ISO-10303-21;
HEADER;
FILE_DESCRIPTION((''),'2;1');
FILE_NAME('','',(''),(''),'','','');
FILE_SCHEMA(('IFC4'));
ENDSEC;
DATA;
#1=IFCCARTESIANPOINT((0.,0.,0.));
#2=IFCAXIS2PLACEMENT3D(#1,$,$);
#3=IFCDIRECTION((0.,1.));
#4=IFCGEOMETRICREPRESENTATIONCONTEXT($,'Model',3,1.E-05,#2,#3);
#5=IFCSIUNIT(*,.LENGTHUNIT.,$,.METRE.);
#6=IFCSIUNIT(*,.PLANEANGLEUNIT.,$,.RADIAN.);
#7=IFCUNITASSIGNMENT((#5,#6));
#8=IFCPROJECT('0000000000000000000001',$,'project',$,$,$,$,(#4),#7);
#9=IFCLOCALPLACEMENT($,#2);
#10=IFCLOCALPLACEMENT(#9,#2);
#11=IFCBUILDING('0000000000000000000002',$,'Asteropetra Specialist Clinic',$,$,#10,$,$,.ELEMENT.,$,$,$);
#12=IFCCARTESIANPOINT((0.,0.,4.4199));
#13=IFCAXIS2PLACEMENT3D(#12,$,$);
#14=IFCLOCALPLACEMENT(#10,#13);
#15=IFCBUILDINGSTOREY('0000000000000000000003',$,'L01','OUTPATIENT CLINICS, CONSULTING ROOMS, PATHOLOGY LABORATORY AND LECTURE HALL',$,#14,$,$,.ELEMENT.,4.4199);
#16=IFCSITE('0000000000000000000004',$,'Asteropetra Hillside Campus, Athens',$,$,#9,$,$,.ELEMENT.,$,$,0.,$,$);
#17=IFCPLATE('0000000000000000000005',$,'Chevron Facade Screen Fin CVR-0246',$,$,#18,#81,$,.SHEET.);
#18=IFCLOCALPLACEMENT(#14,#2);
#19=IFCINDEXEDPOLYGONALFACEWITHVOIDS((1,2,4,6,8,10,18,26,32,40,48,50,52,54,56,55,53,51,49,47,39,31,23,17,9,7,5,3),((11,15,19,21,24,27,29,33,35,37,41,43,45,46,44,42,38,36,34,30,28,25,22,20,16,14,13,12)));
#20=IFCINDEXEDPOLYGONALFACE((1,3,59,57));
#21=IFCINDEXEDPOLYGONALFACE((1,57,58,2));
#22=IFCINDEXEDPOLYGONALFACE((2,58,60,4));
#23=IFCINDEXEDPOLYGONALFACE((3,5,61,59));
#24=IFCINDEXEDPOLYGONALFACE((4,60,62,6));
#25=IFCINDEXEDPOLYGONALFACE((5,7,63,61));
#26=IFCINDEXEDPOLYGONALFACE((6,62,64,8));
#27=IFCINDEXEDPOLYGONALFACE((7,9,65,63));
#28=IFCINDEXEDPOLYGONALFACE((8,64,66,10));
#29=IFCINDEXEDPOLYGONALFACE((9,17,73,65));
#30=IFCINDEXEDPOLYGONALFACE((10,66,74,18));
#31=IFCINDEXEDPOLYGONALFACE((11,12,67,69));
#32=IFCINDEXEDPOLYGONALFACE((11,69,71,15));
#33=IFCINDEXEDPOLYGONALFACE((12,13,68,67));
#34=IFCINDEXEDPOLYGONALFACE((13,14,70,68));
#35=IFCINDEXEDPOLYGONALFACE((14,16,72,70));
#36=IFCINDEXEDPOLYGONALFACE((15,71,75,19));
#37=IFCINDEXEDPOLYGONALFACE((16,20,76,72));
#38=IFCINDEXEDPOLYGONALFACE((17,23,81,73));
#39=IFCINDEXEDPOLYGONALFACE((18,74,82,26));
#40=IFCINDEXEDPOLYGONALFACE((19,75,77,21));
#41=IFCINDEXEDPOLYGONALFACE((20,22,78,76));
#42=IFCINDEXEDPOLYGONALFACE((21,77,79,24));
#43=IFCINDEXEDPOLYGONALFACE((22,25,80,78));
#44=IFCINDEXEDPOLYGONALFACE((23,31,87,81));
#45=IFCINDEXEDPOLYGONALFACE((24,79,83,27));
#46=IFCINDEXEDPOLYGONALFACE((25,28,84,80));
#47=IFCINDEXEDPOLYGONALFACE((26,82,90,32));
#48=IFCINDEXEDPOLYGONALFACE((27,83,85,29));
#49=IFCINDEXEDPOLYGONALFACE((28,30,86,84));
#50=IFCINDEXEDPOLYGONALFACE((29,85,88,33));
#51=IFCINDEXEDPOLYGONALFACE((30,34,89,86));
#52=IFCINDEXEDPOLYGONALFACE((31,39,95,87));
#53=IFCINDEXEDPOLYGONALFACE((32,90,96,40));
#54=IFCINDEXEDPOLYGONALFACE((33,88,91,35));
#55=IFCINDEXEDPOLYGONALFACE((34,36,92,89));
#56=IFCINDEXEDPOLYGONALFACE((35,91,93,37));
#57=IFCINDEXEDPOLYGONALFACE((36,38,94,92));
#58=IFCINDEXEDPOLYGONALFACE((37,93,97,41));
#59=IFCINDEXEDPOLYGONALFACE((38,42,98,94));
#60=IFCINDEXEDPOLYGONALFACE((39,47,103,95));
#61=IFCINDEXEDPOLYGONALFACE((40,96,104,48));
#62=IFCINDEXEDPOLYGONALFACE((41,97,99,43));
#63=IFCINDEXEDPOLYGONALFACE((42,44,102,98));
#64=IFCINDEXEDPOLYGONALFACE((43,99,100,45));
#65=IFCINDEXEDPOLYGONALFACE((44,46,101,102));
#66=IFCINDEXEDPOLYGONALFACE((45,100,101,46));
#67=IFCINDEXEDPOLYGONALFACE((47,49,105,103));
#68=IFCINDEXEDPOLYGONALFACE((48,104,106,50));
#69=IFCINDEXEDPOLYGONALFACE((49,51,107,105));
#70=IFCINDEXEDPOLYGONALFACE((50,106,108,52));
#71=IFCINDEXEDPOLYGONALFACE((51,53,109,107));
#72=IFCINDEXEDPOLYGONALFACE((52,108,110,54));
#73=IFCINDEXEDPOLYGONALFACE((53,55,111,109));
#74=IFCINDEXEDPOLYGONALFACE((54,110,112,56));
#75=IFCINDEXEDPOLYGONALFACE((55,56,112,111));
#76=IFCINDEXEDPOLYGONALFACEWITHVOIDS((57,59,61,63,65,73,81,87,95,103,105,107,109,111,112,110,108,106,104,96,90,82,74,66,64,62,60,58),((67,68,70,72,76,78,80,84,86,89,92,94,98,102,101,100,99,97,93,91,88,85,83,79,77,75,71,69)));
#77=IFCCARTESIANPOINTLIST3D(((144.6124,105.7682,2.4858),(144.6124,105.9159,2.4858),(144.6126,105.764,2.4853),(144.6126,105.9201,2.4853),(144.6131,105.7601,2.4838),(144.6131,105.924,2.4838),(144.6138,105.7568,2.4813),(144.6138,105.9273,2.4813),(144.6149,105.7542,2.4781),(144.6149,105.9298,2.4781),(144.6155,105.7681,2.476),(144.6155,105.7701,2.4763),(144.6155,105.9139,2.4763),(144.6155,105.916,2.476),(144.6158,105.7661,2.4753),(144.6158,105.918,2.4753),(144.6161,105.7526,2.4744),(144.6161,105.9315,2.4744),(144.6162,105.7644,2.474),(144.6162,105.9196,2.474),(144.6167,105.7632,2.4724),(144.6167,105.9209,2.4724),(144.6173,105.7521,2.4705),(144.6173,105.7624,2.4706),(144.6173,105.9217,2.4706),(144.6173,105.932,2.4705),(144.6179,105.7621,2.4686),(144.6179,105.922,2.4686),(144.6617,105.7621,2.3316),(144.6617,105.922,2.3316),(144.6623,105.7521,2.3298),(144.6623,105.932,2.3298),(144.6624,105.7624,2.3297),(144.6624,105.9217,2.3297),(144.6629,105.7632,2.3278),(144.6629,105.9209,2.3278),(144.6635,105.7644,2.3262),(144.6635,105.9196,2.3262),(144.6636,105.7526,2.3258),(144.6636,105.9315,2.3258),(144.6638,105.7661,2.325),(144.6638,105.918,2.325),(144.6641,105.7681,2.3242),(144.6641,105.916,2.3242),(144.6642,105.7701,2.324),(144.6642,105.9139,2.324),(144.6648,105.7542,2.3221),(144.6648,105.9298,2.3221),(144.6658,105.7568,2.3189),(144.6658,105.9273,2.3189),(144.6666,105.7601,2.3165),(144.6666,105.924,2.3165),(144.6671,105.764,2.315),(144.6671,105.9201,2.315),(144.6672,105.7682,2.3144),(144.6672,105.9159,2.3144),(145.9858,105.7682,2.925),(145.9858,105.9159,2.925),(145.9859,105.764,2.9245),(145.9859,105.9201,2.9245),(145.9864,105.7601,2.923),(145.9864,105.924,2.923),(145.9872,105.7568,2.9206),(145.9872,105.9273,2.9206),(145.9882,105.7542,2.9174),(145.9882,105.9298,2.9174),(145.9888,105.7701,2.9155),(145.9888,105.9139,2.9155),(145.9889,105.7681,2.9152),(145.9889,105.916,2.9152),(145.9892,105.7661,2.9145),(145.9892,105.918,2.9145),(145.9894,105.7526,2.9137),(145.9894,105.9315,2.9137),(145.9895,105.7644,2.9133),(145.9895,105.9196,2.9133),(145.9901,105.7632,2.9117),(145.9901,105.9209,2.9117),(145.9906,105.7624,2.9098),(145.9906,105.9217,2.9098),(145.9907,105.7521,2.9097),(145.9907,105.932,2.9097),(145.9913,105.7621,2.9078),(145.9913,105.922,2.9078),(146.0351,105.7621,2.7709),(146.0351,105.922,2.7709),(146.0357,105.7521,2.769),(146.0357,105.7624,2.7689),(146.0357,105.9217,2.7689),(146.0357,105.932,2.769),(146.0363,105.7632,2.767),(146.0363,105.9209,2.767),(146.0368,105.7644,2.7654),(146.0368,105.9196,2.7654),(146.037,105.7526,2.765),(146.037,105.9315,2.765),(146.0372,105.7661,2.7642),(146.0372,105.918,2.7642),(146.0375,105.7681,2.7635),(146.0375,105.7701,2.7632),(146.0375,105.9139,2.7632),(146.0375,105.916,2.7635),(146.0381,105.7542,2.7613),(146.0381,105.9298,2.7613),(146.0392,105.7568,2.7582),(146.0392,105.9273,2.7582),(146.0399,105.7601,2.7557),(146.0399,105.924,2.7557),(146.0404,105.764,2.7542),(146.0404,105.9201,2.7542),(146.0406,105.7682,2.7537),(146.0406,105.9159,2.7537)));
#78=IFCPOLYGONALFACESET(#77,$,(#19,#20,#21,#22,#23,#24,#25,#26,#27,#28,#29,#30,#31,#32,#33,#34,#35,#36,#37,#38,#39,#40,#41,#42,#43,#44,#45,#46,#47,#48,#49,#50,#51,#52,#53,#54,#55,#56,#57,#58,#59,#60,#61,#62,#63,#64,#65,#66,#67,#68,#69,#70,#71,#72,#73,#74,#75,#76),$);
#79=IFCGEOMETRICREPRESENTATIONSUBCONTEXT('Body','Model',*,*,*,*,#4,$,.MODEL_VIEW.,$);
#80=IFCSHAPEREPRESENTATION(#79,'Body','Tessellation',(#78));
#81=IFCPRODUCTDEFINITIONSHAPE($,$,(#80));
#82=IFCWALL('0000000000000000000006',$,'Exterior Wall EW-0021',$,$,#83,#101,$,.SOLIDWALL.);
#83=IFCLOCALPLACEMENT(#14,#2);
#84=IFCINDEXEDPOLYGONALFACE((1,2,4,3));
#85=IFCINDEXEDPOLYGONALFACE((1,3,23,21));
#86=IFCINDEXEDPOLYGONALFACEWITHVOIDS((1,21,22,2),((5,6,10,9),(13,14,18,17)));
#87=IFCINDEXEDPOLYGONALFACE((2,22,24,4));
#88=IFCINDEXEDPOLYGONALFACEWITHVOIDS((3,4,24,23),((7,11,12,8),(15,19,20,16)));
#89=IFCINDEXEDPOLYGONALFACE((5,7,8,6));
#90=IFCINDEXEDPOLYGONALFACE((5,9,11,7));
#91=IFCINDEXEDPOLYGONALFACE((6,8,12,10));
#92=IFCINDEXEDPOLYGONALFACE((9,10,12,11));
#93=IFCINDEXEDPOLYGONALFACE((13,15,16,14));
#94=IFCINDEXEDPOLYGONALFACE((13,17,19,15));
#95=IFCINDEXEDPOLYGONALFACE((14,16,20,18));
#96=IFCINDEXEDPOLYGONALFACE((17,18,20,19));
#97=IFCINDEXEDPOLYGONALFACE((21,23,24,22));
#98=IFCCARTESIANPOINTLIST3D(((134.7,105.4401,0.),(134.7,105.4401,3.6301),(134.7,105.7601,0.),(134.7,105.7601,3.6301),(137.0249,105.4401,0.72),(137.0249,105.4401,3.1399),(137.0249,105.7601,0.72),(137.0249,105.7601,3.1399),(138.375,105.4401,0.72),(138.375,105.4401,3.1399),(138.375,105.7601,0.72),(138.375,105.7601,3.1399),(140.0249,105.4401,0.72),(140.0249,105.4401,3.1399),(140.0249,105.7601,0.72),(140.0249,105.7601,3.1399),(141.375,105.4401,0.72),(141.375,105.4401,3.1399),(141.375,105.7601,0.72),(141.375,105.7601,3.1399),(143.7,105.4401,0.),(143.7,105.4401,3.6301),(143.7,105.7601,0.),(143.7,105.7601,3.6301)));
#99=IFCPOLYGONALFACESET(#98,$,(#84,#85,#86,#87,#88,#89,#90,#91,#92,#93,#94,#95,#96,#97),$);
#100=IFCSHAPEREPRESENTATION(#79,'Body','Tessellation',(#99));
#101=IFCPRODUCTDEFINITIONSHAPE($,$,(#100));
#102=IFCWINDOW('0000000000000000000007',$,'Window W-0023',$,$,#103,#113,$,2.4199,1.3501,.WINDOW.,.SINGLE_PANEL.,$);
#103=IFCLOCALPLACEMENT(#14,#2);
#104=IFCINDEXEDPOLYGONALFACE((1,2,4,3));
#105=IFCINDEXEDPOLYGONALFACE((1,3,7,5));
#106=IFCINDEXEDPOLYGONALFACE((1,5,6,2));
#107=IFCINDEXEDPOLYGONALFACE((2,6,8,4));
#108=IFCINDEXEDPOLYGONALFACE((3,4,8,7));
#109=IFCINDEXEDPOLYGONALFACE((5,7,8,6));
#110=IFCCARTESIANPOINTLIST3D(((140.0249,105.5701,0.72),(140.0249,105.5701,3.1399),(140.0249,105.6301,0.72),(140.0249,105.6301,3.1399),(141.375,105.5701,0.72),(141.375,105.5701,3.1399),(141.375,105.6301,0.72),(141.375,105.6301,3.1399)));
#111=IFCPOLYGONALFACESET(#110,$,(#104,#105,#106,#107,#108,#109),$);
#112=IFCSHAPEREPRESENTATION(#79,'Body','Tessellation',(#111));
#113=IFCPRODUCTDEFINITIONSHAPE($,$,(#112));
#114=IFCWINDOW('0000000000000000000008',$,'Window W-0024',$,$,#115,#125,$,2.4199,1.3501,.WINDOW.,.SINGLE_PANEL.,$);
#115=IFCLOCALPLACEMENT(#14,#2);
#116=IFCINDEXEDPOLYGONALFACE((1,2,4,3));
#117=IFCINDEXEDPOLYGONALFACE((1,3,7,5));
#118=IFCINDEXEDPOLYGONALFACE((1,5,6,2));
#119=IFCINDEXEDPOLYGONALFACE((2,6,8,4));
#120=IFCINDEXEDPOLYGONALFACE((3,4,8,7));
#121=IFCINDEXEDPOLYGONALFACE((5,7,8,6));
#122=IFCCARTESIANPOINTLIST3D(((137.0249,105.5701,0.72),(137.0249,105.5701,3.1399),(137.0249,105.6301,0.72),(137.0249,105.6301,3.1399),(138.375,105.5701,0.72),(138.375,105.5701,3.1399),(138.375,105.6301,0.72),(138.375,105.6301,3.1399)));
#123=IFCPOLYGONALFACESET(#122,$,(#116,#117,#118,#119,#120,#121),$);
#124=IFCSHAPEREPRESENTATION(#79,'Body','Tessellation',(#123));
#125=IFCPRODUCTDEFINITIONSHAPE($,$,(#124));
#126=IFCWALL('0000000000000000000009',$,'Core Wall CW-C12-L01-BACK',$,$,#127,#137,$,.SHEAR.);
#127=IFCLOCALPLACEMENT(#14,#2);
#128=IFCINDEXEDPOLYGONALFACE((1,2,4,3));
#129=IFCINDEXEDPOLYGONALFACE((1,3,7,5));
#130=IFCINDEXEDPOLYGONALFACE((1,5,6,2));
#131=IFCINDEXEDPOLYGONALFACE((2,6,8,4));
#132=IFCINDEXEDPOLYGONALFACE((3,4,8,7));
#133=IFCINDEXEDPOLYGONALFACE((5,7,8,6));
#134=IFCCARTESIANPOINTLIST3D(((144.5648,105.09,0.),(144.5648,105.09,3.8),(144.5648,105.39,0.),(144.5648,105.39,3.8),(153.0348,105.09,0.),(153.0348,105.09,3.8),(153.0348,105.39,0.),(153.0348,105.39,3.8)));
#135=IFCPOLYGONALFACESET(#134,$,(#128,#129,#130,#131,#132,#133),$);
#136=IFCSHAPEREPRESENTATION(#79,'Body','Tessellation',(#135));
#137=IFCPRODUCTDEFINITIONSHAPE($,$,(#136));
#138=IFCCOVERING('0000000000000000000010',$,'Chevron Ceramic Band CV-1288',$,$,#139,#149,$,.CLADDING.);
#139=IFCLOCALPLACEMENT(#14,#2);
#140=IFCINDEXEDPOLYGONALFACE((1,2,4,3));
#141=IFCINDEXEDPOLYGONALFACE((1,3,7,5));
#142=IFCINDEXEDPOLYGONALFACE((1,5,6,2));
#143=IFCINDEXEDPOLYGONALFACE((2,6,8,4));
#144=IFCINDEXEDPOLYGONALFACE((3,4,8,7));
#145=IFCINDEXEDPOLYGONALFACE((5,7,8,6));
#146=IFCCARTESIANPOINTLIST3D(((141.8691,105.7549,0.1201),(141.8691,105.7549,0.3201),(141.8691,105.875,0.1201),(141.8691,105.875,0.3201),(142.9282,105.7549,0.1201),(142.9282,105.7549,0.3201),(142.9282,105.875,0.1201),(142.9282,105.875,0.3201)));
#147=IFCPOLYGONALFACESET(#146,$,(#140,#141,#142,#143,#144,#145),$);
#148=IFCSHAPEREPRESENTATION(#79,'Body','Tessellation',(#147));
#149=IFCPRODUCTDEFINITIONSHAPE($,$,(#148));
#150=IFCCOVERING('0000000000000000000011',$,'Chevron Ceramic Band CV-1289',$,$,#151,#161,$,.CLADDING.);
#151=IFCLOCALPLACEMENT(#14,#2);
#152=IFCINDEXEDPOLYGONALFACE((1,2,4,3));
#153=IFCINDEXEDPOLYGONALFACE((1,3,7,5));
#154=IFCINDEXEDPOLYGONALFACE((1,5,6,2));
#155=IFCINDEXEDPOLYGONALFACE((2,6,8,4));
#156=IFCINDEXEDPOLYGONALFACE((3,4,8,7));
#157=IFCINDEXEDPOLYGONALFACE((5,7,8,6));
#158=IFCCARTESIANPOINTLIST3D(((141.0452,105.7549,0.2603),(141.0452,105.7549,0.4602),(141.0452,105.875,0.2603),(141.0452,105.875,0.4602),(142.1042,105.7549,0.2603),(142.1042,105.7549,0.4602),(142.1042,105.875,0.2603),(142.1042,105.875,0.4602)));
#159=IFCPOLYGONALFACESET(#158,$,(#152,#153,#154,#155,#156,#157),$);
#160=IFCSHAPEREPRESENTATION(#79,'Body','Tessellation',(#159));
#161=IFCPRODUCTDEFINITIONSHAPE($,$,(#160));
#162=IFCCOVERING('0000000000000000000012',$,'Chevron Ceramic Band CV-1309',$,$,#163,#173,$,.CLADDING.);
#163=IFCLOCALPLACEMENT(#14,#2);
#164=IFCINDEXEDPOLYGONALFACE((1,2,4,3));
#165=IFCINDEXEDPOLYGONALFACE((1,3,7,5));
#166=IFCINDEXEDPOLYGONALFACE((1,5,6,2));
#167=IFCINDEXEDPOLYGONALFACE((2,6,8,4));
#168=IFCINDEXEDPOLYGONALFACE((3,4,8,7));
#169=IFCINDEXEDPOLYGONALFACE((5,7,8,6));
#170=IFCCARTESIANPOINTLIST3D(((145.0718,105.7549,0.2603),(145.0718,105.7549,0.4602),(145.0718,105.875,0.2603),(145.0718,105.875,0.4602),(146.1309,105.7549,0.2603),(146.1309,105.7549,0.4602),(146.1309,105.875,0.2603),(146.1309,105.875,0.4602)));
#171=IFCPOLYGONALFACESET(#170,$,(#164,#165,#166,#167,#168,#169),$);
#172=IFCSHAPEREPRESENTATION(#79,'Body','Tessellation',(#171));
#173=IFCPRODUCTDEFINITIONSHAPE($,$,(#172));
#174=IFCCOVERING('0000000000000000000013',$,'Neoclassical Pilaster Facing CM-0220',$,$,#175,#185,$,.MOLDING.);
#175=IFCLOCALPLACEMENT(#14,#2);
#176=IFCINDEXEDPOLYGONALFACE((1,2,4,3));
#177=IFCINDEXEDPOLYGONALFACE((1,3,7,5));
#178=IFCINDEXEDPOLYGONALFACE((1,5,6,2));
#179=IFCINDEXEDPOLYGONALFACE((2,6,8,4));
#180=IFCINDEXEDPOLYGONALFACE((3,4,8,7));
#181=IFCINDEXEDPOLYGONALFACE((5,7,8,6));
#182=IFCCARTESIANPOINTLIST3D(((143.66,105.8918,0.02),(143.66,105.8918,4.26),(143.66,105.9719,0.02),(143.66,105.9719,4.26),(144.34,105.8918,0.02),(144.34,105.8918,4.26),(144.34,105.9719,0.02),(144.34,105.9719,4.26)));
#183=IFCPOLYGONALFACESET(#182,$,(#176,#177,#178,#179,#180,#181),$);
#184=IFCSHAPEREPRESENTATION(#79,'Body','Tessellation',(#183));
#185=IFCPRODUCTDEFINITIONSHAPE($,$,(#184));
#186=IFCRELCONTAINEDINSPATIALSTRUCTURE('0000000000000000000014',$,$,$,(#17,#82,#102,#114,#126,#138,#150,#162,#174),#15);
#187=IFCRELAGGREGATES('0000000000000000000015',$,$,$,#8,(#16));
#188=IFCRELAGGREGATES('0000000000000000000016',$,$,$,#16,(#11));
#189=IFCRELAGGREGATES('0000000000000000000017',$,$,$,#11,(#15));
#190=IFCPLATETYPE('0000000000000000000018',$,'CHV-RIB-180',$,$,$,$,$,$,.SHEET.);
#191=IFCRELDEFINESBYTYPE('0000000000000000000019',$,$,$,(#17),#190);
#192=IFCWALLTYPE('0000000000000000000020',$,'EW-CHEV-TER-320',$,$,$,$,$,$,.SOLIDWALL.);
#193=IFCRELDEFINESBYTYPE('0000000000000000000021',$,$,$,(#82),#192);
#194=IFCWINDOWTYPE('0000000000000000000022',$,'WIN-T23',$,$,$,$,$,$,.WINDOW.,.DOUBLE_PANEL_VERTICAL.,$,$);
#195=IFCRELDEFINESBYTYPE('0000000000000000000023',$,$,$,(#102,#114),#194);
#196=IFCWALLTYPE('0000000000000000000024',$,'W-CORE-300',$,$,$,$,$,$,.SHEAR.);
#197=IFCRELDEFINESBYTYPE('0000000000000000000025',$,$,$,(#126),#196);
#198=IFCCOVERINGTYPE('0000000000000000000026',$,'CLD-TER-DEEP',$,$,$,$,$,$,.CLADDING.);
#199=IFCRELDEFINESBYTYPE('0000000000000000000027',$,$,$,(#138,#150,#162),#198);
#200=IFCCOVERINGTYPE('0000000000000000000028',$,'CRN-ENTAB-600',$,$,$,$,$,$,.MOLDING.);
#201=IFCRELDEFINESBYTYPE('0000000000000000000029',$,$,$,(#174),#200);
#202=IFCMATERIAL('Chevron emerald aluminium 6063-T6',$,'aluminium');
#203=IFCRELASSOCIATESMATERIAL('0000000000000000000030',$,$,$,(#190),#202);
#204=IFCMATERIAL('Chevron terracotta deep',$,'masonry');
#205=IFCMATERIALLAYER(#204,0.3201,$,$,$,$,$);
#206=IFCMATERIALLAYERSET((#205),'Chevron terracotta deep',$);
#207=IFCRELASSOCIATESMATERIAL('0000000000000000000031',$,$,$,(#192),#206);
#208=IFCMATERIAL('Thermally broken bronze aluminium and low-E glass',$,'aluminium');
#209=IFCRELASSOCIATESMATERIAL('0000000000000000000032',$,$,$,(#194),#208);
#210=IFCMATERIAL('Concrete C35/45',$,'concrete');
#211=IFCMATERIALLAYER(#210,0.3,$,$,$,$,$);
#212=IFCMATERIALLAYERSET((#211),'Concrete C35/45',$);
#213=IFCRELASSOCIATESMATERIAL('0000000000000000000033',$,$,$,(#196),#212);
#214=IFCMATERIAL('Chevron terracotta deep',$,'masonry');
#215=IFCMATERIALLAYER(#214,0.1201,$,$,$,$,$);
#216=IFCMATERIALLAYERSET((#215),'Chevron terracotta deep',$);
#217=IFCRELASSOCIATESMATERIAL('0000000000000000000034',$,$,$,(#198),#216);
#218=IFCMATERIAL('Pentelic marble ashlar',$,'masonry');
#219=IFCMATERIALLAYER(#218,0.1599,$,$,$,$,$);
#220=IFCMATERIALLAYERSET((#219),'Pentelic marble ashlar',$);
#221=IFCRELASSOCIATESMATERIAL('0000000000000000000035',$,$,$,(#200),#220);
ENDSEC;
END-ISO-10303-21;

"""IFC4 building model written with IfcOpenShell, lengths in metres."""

from ifc_helpers import new_model, si_unit, direction, frame, frame_2d, origin, origin_2d, place, context, subcontext, project, spatial, rectangle, hollow_rectangle, extrude, material, layer, layer_set, material_profile, profile_set, type_object, element, fill, save


model = new_model("IFC4")

# Units and contexts
model_context = context("Model", 3, precision=1e-05, world=origin(), true_north=direction((0.0, 1.0)))
body_context = subcontext(model_context, "Body", "Model", "MODEL_VIEW")
ifc_project = project(units=[si_unit("LENGTHUNIT", "METRE"), si_unit("PLANEANGLEUNIT", "RADIAN")], contexts=[model_context])

# Site, building, storey
site_placement = place(None, origin())
site = spatial("IfcSite", under=ifc_project, at=site_placement, Name="Asteropetra Hillside Campus, Athens", CompositionType="ELEMENT", RefElevation=0.0)
building_placement = place(site_placement, origin())
building = spatial("IfcBuilding", under=site, at=building_placement, Name="Asteropetra Specialist Clinic", CompositionType="ELEMENT")
storey_placement = place(building_placement, frame((0.0, 0.0, 4.4199)))
storey = spatial("IfcBuildingStorey", under=building, at=storey_placement, Name="L01", Description="OUTPATIENT CLINICS, CONSULTING ROOMS, PATHOLOGY LABORATORY AND LECTURE HALL", CompositionType="ELEMENT", Elevation=4.4199)

# Plate
ifc_material_1 = material(Name="Chevron emerald aluminium 6063-T6", Category="aluminium")
ifc_material_profile_1 = material_profile(ifc_material_1, hollow_rectangle(XDim=0.1799, YDim=0.1799, WallThickness=0.01, InnerFilletRadius=0.0081, OuterFilletRadius=0.0161, at=origin_2d()), Name="SHS 180x180x10.0")
ifc_profile_set_1 = profile_set([ifc_material_profile_1], Name="Chevron emerald aluminium 6063-T6")
plate_type = type_object("IfcPlateType", Name="CHV-RIB-180", PredefinedType="SHEET", material=ifc_profile_set_1)
for number, where, z_axis, x_axis, name in (
    (1, (146.0132, 105.842, 2.8394), (-0.952473, 0.0, -0.304622), (0.0, -1.0, 0.0), "Chevron Facade Screen Fin CVR-0246"),
):
    element("IfcPlate", number, at=place(storey_placement, frame(where, z_axis=z_axis, x_axis=x_axis)), inside=storey, type_object=plate_type, Name=name, PredefinedType="SHEET", context=body_context, shape_type="SweptSolid", body=[
        extrude(hollow_rectangle(XDim=0.1799, YDim=0.1799, WallThickness=0.01, InnerFilletRadius=0.0081, OuterFilletRadius=0.0161, at=origin_2d()), origin(), (0.0, 0.0, 1.0), 1.4419),
    ])

# Wall, openings, windows
ifc_material_2 = material(Name="Chevron terracotta deep", Category="masonry")
ifc_layer_1 = layer(ifc_material_2, 0.3201)
ifc_layer_set_1 = layer_set([ifc_layer_1], Name="Chevron terracotta deep")
wall_type_1 = type_object("IfcWallType", Name="EW-CHEV-TER-320", PredefinedType="SOLIDWALL", material=ifc_layer_set_1)
wall_1_placement = place(storey_placement, frame((143.7, 105.6001, 0.0), z_axis=(0.0, 0.0, 1.0), x_axis=(-1.0, 0.0, 0.0)))
wall_1 = element("IfcWall", 2, at=wall_1_placement, inside=storey, type_object=wall_type_1, Name="Exterior Wall EW-0021", PredefinedType="SOLIDWALL", context=body_context, shape_type="SweptSolid", body=[
    extrude(rectangle(XDim=9.0, YDim=0.3201, at=frame_2d((4.5, 0.0))), origin(), (0.0, 0.0, 1.0), 3.6301),
])
opening_1_placement = place(wall_1_placement, frame((2.325, 0.0, 0.72)))
opening_1 = element("IfcOpeningElement", 3, at=opening_1_placement, cuts=wall_1, PredefinedType="OPENING", context=body_context, shape_type="SweptSolid", body=[
    extrude(rectangle(XDim=1.3501, YDim=2.4199, at=frame_2d((0.675, 1.21))), frame((0.0, 0.1699, 0.0), z_axis=(0.0, -1.0, 0.0), x_axis=(1.0, 0.0, 0.0)), (0.0, 0.0, 1.0), 0.3401),
])
opening_2_placement = place(wall_1_placement, frame((5.325, 0.0, 0.72)))
opening_2 = element("IfcOpeningElement", 4, at=opening_2_placement, cuts=wall_1, PredefinedType="OPENING", context=body_context, shape_type="SweptSolid", body=[
    extrude(rectangle(XDim=1.3501, YDim=2.4199, at=frame_2d((0.675, 1.21))), frame((0.0, 0.1699, 0.0), z_axis=(0.0, -1.0, 0.0), x_axis=(1.0, 0.0, 0.0)), (0.0, 0.0, 1.0), 0.3401),
])
ifc_material_3 = material(Name="Thermally broken bronze aluminium and low-E glass", Category="aluminium")
window_type = type_object("IfcWindowType", Name="WIN-T23", PartitioningType="DOUBLE_PANEL_VERTICAL", PredefinedType="WINDOW", material=ifc_material_3)
window_1_placement = place(opening_1_placement, origin())
window_1 = element("IfcWindow", 5, at=window_1_placement, inside=storey, type_object=window_type, Name="Window W-0023", OverallHeight=2.4199, OverallWidth=1.3501, PartitioningType="SINGLE_PANEL", PredefinedType="WINDOW", context=body_context, shape_type="SweptSolid", body=[
    extrude(rectangle(XDim=1.3501, YDim=2.4199, at=frame_2d((0.675, 1.21))), frame((0.0, 0.03, 0.0), z_axis=(0.0, -1.0, 0.0), x_axis=(1.0, 0.0, 0.0)), (0.0, 0.0, 1.0), 0.0601),
])
fill(opening_1, window_1)
window_2_placement = place(opening_2_placement, origin())
window_2 = element("IfcWindow", 6, at=window_2_placement, inside=storey, type_object=window_type, Name="Window W-0024", OverallHeight=2.4199, OverallWidth=1.3501, PartitioningType="SINGLE_PANEL", PredefinedType="WINDOW", context=body_context, shape_type="SweptSolid", body=[
    extrude(rectangle(XDim=1.3501, YDim=2.4199, at=frame_2d((0.675, 1.21))), frame((0.0, 0.03, 0.0), z_axis=(0.0, -1.0, 0.0), x_axis=(1.0, 0.0, 0.0)), (0.0, 0.0, 1.0), 0.0601),
])
fill(opening_2, window_2)

# Wall
ifc_material_4 = material(Name="Concrete C35/45", Category="concrete")
ifc_layer_2 = layer(ifc_material_4, 0.3)
ifc_layer_set_2 = layer_set([ifc_layer_2], Name="Concrete C35/45")
wall_type_2 = type_object("IfcWallType", Name="W-CORE-300", PredefinedType="SHEAR", material=ifc_layer_set_2)
wall_2_placement = place(storey_placement, frame((144.5649, 105.24, 0.0), z_axis=(0.0, 0.0, 1.0), x_axis=(1.0, 0.0, 0.0)))
element("IfcWall", 7, at=wall_2_placement, inside=storey, type_object=wall_type_2, Name="Core Wall CW-C12-L01-BACK", PredefinedType="SHEAR", context=body_context, shape_type="SweptSolid", body=[
    extrude(rectangle(XDim=8.47, YDim=0.3, at=frame_2d((4.2349, 0.0))), origin(), (0.0, 0.0, 1.0), 3.8),
])

# Coverings
ifc_material_5 = material(Name="Chevron terracotta deep", Category="masonry")
ifc_layer_3 = layer(ifc_material_5, 0.1201)
ifc_layer_set_3 = layer_set([ifc_layer_3], Name="Chevron terracotta deep")
covering_type_1 = type_object("IfcCoveringType", Name="CLD-TER-DEEP", PredefinedType="CLADDING", material=ifc_layer_set_3)
for number, where, z_axis, x_axis, name in (
    (8, (142.3987, 105.8149, 0.1201), (0.0, 0.0, 1.0), (1.0, 0.0, 0.0), "Chevron Ceramic Band CV-1288"),
    (9, (141.5747, 105.8149, 0.2603), (0.0, 0.0, 1.0), (1.0, 0.0, 0.0), "Chevron Ceramic Band CV-1289"),
    (10, (145.6013, 105.8149, 0.2603), (0.0, 0.0, 1.0), (1.0, 0.0, 0.0), "Chevron Ceramic Band CV-1309"),
):
    element("IfcCovering", number, at=place(storey_placement, frame(where, z_axis=z_axis, x_axis=x_axis)), inside=storey, type_object=covering_type_1, Name=name, PredefinedType="CLADDING", context=body_context, shape_type="SweptSolid", body=[
        extrude(rectangle(XDim=1.0591, YDim=0.1201, at=origin_2d()), origin(), (0.0, 0.0, 1.0), 0.2),
    ])
ifc_material_6 = material(Name="Pentelic marble ashlar", Category="masonry")
ifc_layer_4 = layer(ifc_material_6, 0.1599)
ifc_layer_set_4 = layer_set([ifc_layer_4], Name="Pentelic marble ashlar")
covering_type_2 = type_object("IfcCoveringType", Name="CRN-ENTAB-600", PredefinedType="MOLDING", material=ifc_layer_set_4)
covering_1_placement = place(storey_placement, frame((144.0, 105.9319, 0.02), z_axis=(0.0, 0.0, 1.0), x_axis=(1.0, 0.0, 0.0)))
element("IfcCovering", 11, at=covering_1_placement, inside=storey, type_object=covering_type_2, Name="Neoclassical Pilaster Facing CM-0220", PredefinedType="MOLDING", context=body_context, shape_type="SweptSolid", body=[
    extrude(rectangle(XDim=0.6799, YDim=0.0801, at=origin_2d()), origin(), (0.0, 0.0, 1.0), 4.24),
])

save(model, "model.ifc")
